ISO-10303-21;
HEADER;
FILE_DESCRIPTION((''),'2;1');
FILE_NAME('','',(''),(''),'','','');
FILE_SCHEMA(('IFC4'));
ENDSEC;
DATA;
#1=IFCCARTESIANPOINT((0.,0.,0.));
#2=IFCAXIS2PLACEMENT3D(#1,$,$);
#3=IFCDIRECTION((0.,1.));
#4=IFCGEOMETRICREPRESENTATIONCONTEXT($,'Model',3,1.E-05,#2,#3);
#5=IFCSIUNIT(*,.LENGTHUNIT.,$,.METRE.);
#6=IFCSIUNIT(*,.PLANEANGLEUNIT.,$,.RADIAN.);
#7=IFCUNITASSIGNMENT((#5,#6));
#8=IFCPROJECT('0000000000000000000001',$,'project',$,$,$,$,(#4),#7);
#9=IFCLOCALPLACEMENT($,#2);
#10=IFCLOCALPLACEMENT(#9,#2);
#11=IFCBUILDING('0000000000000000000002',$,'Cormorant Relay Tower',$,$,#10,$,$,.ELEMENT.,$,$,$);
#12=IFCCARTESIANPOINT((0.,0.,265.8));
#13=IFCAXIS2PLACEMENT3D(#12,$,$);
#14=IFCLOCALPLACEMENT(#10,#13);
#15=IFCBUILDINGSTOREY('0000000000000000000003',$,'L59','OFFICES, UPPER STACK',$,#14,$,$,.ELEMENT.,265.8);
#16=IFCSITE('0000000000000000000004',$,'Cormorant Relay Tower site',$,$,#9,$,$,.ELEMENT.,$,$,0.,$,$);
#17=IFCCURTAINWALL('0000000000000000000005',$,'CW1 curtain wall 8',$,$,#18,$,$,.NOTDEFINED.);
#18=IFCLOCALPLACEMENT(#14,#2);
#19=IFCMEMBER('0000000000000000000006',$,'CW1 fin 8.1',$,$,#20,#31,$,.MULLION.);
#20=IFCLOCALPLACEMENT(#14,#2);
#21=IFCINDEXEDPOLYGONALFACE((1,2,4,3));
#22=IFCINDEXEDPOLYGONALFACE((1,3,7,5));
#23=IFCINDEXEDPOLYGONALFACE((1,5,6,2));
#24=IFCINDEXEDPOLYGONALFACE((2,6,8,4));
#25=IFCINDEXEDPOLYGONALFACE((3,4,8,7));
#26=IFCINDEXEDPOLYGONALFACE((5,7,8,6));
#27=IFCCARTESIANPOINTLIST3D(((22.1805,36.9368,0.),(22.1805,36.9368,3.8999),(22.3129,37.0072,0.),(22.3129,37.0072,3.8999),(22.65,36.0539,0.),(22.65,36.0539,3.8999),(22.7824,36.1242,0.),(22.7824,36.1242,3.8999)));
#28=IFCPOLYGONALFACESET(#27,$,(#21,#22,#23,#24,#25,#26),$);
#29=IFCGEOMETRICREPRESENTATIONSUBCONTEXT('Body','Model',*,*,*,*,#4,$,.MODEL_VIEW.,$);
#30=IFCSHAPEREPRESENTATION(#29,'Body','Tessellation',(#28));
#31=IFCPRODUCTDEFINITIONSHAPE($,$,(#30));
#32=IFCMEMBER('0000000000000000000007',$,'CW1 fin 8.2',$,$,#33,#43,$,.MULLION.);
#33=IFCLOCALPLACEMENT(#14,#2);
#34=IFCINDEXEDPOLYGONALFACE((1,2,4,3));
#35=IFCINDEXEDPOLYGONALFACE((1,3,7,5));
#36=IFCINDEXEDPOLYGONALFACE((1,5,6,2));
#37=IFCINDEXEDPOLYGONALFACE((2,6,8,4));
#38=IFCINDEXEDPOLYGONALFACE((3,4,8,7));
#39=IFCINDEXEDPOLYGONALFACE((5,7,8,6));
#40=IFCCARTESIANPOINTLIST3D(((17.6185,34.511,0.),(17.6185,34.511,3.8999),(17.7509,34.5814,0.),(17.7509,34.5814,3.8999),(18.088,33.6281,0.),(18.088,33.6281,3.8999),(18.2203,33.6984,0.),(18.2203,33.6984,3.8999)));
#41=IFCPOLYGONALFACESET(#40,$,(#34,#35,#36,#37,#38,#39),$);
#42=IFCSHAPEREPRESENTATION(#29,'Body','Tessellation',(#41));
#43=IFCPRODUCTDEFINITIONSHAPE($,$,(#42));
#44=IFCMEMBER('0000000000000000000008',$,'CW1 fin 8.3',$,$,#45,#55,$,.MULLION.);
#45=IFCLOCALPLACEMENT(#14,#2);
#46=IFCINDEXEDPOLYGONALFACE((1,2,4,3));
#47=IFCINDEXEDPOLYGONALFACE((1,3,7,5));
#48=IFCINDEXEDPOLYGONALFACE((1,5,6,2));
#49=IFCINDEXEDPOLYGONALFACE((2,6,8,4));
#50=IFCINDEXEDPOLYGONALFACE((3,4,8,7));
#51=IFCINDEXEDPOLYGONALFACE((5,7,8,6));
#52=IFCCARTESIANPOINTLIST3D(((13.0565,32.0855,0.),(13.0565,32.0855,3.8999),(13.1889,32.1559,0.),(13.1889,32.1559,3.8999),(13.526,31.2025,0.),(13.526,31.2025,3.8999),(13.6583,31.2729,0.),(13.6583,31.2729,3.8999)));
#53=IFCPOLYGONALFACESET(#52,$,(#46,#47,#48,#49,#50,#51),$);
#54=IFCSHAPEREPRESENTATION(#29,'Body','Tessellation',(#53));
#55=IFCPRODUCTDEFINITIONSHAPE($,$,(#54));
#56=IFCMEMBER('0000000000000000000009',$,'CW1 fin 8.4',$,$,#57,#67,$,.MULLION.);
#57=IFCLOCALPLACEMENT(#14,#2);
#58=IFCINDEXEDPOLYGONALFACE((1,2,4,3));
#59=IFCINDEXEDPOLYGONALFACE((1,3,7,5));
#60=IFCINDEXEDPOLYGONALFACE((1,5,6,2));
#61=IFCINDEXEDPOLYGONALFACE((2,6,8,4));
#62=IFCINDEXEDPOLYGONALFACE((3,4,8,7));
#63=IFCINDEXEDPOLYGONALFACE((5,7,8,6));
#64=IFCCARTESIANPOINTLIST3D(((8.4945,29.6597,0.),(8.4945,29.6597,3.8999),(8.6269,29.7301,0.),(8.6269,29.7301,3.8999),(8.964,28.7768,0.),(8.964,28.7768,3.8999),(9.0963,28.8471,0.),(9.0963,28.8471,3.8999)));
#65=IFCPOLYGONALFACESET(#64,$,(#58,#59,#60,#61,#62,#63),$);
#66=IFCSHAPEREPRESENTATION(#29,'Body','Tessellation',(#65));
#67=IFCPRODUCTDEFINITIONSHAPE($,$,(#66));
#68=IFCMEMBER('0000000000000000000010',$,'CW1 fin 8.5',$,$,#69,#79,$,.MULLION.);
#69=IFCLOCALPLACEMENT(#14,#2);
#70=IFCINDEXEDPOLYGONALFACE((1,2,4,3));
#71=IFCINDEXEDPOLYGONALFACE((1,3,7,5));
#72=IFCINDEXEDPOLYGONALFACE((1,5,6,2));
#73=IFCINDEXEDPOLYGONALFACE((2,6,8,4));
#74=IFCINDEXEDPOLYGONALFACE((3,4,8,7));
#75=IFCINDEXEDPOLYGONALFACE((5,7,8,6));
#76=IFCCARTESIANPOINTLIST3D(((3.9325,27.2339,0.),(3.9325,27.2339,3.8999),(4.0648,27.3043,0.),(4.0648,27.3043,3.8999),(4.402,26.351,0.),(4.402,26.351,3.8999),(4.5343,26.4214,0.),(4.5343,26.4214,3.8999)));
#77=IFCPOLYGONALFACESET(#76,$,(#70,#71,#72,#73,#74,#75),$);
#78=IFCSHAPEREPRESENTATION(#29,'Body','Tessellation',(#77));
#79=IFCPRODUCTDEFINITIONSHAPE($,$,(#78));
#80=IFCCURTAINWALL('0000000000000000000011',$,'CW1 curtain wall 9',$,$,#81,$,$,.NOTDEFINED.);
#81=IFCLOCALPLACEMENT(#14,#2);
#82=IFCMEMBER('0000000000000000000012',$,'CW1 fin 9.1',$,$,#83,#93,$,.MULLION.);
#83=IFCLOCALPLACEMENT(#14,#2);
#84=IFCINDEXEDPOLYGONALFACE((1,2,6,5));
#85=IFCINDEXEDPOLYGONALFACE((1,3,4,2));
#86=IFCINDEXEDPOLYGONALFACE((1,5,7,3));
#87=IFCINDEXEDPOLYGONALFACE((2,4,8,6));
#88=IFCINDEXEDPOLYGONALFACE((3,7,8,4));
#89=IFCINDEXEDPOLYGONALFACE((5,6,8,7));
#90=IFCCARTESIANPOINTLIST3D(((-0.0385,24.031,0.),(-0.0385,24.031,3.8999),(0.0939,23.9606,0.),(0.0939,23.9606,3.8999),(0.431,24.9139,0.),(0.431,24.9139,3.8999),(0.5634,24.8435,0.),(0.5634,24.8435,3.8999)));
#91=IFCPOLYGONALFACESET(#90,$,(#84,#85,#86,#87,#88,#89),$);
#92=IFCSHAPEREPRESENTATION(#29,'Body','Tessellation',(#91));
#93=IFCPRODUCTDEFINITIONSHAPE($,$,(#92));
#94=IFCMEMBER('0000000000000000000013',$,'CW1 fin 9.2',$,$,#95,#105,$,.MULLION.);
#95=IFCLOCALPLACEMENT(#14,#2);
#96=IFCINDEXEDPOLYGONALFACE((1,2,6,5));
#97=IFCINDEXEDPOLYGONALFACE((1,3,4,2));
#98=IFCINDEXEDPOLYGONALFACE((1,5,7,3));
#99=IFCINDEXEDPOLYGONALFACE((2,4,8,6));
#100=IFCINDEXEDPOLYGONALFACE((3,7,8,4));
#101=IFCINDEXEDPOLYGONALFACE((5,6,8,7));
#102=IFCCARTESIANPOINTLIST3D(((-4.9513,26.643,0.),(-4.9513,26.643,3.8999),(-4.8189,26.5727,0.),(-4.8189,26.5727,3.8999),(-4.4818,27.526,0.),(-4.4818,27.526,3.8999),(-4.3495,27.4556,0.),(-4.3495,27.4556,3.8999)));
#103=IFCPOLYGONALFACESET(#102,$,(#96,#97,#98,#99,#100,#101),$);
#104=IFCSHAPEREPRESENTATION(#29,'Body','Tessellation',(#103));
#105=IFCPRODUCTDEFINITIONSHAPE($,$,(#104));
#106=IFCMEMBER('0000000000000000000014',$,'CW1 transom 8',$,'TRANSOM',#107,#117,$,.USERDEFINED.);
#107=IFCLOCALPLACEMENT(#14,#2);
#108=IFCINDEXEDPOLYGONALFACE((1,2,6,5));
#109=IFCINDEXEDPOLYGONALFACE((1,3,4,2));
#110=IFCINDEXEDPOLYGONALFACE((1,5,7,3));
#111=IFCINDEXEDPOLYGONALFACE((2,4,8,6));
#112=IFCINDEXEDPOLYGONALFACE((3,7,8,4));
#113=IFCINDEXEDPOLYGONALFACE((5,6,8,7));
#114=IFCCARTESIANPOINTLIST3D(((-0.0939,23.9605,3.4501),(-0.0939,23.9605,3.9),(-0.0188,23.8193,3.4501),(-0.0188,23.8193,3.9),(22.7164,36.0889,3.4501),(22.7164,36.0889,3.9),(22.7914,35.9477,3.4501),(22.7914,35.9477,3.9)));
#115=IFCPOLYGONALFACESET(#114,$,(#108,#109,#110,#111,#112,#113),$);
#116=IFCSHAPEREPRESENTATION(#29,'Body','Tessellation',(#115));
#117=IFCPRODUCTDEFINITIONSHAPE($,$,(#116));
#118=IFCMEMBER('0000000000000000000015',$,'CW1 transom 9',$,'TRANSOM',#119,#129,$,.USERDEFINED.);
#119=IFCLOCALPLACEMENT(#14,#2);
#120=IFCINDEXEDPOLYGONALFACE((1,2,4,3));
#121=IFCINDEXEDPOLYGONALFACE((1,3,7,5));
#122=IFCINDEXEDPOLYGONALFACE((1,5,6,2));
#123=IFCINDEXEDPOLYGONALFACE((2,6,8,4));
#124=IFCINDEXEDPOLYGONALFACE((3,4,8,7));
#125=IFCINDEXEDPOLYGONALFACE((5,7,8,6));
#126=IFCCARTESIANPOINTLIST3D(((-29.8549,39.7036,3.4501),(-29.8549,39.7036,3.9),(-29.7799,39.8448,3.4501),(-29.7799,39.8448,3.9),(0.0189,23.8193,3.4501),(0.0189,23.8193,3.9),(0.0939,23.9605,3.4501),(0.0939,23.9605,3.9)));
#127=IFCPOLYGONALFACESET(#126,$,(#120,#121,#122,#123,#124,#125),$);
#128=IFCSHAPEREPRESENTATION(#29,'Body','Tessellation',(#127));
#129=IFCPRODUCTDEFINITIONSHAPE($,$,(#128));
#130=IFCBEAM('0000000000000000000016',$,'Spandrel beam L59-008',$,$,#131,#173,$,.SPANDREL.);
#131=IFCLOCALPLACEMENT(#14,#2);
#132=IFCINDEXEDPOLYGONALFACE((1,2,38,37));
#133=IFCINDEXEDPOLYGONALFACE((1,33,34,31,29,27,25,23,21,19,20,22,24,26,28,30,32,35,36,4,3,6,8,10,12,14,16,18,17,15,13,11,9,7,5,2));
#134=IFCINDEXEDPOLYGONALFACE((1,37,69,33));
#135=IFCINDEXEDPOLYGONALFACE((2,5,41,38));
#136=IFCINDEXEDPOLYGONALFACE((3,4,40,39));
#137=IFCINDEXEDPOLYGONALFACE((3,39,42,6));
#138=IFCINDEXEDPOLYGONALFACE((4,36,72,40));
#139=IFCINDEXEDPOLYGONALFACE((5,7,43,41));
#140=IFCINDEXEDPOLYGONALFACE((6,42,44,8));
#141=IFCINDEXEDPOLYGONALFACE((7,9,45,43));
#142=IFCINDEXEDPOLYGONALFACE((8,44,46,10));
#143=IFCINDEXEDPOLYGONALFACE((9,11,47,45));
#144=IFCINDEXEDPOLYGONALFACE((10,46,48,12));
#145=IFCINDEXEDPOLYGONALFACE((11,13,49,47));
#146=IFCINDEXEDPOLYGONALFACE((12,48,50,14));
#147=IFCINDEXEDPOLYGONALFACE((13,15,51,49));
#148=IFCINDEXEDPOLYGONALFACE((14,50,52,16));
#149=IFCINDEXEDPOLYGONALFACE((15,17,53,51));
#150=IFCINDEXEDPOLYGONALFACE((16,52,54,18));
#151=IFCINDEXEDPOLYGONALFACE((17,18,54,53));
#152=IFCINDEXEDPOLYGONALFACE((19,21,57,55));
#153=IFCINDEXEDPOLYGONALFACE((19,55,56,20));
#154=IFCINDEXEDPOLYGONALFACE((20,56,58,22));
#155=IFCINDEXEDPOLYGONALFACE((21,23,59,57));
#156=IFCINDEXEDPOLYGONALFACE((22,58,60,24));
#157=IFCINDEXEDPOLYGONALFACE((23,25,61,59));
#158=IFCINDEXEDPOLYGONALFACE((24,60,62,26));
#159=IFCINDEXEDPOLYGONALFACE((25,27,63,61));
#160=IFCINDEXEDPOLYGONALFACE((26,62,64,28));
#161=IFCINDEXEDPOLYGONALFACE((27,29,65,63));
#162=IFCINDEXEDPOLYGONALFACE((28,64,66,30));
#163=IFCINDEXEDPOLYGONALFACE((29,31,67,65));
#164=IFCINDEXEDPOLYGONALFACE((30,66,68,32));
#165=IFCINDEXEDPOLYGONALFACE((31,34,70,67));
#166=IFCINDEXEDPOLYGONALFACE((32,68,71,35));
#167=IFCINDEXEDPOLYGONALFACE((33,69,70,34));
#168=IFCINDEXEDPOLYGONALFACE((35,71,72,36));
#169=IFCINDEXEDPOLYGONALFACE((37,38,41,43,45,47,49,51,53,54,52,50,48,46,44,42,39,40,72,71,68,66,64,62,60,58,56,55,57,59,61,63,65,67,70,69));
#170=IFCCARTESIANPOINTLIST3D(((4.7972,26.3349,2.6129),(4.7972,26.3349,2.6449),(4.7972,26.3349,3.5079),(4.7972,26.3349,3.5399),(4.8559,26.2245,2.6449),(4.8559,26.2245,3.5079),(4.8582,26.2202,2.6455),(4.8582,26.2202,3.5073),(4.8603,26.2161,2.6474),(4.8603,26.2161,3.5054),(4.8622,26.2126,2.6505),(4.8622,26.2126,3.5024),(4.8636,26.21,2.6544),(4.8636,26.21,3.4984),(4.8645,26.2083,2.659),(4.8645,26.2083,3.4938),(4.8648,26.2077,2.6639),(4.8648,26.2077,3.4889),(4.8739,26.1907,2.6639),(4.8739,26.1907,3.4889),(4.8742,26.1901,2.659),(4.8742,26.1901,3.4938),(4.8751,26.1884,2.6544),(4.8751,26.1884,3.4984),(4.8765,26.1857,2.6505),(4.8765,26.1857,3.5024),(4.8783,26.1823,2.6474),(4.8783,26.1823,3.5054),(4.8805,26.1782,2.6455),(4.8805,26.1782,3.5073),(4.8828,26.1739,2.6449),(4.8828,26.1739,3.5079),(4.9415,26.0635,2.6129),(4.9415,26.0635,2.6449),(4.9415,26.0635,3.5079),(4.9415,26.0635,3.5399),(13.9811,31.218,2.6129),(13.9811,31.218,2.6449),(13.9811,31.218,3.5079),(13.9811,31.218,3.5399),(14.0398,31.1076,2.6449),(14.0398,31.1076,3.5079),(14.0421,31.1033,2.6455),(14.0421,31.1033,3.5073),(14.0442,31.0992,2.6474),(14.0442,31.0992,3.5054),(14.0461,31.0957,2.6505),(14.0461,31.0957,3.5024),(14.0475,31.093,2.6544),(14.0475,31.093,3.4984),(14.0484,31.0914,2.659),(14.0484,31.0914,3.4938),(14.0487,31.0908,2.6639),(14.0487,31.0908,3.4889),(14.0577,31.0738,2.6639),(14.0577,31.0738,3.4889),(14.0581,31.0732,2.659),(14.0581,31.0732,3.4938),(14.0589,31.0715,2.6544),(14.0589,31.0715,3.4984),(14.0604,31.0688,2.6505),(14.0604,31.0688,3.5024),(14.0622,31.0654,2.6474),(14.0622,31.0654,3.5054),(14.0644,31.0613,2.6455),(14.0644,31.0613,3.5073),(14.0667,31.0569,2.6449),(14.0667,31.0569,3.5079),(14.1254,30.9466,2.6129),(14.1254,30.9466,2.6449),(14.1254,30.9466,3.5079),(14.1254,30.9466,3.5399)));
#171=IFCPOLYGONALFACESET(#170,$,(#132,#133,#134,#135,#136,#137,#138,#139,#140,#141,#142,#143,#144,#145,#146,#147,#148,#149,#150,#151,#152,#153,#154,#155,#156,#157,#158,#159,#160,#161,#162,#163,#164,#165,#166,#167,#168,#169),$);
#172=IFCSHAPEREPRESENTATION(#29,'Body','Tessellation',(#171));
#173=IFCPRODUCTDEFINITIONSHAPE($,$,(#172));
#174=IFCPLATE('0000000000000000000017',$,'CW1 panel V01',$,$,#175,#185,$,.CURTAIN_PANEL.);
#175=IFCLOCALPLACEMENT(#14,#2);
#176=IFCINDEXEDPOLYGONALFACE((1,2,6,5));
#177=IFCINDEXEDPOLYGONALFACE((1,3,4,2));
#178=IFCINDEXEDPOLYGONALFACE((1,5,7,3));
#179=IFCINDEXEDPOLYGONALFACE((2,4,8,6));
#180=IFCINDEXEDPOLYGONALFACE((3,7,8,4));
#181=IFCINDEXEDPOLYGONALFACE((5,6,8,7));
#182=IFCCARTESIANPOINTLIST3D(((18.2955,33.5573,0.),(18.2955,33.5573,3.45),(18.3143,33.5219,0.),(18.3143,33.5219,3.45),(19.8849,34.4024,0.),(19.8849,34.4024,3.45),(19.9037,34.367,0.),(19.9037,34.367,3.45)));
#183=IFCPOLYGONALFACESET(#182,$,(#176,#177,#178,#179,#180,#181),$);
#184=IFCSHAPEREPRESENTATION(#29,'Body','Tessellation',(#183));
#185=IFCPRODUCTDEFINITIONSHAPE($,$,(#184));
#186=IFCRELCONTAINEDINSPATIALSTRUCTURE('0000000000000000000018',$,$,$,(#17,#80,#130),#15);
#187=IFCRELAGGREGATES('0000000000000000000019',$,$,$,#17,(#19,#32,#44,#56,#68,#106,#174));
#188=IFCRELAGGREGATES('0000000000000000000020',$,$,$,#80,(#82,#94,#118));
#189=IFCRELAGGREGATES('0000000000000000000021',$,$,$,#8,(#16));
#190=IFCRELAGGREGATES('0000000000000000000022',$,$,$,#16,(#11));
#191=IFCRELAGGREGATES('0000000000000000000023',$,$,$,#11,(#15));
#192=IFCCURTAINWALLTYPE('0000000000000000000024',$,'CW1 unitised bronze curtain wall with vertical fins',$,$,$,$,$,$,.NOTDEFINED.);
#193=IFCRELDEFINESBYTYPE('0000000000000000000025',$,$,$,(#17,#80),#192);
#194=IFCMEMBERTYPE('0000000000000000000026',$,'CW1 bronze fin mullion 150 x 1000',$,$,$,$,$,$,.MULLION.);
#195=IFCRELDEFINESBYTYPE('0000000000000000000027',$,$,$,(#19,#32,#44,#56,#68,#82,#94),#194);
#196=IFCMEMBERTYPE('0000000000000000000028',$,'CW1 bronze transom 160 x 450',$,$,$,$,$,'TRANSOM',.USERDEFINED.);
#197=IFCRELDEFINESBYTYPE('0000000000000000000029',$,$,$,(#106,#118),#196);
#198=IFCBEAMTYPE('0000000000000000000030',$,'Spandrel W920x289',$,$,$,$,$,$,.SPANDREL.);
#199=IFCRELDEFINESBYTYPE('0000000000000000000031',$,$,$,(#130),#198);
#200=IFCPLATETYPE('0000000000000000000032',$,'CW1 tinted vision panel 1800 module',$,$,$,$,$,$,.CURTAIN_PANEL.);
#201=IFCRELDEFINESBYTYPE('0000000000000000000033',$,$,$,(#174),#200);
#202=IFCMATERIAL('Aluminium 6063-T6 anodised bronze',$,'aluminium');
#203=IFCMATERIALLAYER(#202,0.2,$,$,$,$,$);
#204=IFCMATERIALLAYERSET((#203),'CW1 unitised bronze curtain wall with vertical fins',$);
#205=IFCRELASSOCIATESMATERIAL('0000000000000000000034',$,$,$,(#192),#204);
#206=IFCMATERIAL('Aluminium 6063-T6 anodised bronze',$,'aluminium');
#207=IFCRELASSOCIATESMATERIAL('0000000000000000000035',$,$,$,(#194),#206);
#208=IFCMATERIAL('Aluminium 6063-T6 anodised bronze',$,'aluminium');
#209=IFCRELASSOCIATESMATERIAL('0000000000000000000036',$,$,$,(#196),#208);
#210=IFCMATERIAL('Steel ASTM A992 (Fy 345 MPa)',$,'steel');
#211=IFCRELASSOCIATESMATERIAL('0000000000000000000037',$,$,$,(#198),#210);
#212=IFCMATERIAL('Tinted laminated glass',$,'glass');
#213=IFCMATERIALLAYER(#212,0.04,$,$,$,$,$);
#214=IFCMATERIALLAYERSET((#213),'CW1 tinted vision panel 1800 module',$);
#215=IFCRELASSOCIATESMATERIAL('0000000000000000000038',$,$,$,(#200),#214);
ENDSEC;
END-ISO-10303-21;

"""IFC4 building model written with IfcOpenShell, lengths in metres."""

from ifc_helpers import new_model, si_unit, direction, frame, origin, origin_2d, place, context, subcontext, project, spatial, rectangle, i_section, extrude, material, layer, layer_set, material_profile, profile_set, type_object, element, aggregate, save


model = new_model("IFC4")

# Units and contexts
model_context = context("Model", 3, precision=1e-05, world=origin(), true_north=direction((0.0, 1.0)))
body_context = subcontext(model_context, "Body", "Model", "MODEL_VIEW")
ifc_project = project(units=[si_unit("LENGTHUNIT", "METRE"), si_unit("PLANEANGLEUNIT", "RADIAN")], contexts=[model_context])

# Site, building, storey
site_placement = place(None, origin())
site = spatial("IfcSite", under=ifc_project, at=site_placement, Name="Cormorant Relay Tower site", CompositionType="ELEMENT", RefElevation=0.0)
building_placement = place(site_placement, origin())
building = spatial("IfcBuilding", under=site, at=building_placement, Name="Cormorant Relay Tower", CompositionType="ELEMENT")
storey_placement = place(building_placement, frame((0.0, 0.0, 265.8)))
storey = spatial("IfcBuildingStorey", under=building, at=storey_placement, Name="L59", Description="OFFICES, UPPER STACK", CompositionType="ELEMENT", Elevation=265.8)

# Curtain walls, members
ifc_material_1 = material(Name="Aluminium 6063-T6 anodised bronze", Category="aluminium")
ifc_layer_1 = layer(ifc_material_1, 0.2)
ifc_layer_set_1 = layer_set([ifc_layer_1], Name="CW1 unitised bronze curtain wall with vertical fins")
curtain_wall_type = type_object("IfcCurtainWallType", Name="CW1 unitised bronze curtain wall with vertical fins", PredefinedType="NOTDEFINED", material=ifc_layer_set_1)
curtain_wall_1_placement = place(storey_placement, origin())
curtain_wall_1 = element("IfcCurtainWall", 1, at=curtain_wall_1_placement, inside=storey, type_object=curtain_wall_type, Name="CW1 curtain wall 8", PredefinedType="NOTDEFINED")
ifc_material_2 = material(Name="Aluminium 6063-T6 anodised bronze", Category="aluminium")
ifc_material_profile_1 = material_profile(ifc_material_2, rectangle(XDim=0.1499, YDim=1.0, at=origin_2d()), Name="AL 150x1000")
ifc_profile_set_1 = profile_set([ifc_material_profile_1], Name="Aluminium 6063-T6 anodised bronze")
member_type_1 = type_object("IfcMemberType", Name="CW1 bronze fin mullion 150 x 1000", PredefinedType="MULLION", material=ifc_profile_set_1)
member_1_placement = place(storey_placement, frame((22.4814, 36.5305, 0.0), z_axis=(0.0, 0.0, 1.0), x_axis=(-0.882948, -0.469472, 0.0)))
member_1 = element("IfcMember", 2, at=member_1_placement, type_object=member_type_1, Name="CW1 fin 8.1", PredefinedType="MULLION", context=body_context, shape_type="SweptSolid", body=[
    extrude(rectangle(XDim=0.1499, YDim=1.0, at=origin_2d()), origin(), (0.0, 0.0, 1.0), 3.8999),
])
member_2_placement = place(storey_placement, frame((17.9194, 34.1047, 0.0), z_axis=(0.0, 0.0, 1.0), x_axis=(-0.882948, -0.469472, 0.0)))
member_2 = element("IfcMember", 3, at=member_2_placement, type_object=member_type_1, Name="CW1 fin 8.2", PredefinedType="MULLION", context=body_context, shape_type="SweptSolid", body=[
    extrude(rectangle(XDim=0.1499, YDim=1.0, at=origin_2d()), origin(), (0.0, 0.0, 1.0), 3.8999),
])
member_3_placement = place(storey_placement, frame((13.3574, 31.6792, 0.0), z_axis=(0.0, 0.0, 1.0), x_axis=(-0.882948, -0.469472, 0.0)))
member_3 = element("IfcMember", 4, at=member_3_placement, type_object=member_type_1, Name="CW1 fin 8.3", PredefinedType="MULLION", context=body_context, shape_type="SweptSolid", body=[
    extrude(rectangle(XDim=0.1499, YDim=1.0, at=origin_2d()), origin(), (0.0, 0.0, 1.0), 3.8999),
])
member_4_placement = place(storey_placement, frame((8.7954, 29.2534, 0.0), z_axis=(0.0, 0.0, 1.0), x_axis=(-0.882948, -0.469472, 0.0)))
member_4 = element("IfcMember", 5, at=member_4_placement, type_object=member_type_1, Name="CW1 fin 8.4", PredefinedType="MULLION", context=body_context, shape_type="SweptSolid", body=[
    extrude(rectangle(XDim=0.1499, YDim=1.0, at=origin_2d()), origin(), (0.0, 0.0, 1.0), 3.8999),
])
member_5_placement = place(storey_placement, frame((4.2334, 26.8276, 0.0), z_axis=(0.0, 0.0, 1.0), x_axis=(-0.882948, -0.469472, 0.0)))
member_5 = element("IfcMember", 6, at=member_5_placement, type_object=member_type_1, Name="CW1 fin 8.5", PredefinedType="MULLION", context=body_context, shape_type="SweptSolid", body=[
    extrude(rectangle(XDim=0.1499, YDim=1.0, at=origin_2d()), origin(), (0.0, 0.0, 1.0), 3.8999),
])
curtain_wall_2_placement = place(storey_placement, origin())
curtain_wall_2 = element("IfcCurtainWall", 7, at=curtain_wall_2_placement, inside=storey, type_object=curtain_wall_type, Name="CW1 curtain wall 9", PredefinedType="NOTDEFINED")
member_6_placement = place(storey_placement, frame((0.2625, 24.4373, 0.0), z_axis=(0.0, 0.0, 1.0), x_axis=(-0.882948, 0.469472, 0.0)))
member_6 = element("IfcMember", 8, at=member_6_placement, type_object=member_type_1, Name="CW1 fin 9.1", PredefinedType="MULLION", context=body_context, shape_type="SweptSolid", body=[
    extrude(rectangle(XDim=0.1499, YDim=1.0, at=origin_2d()), origin(), (0.0, 0.0, 1.0), 3.8999),
])
member_7_placement = place(storey_placement, frame((-4.6504, 27.0493, 0.0), z_axis=(0.0, 0.0, 1.0), x_axis=(-0.882948, 0.469472, 0.0)))
member_7 = element("IfcMember", 9, at=member_7_placement, type_object=member_type_1, Name="CW1 fin 9.2", PredefinedType="MULLION", context=body_context, shape_type="SweptSolid", body=[
    extrude(rectangle(XDim=0.1499, YDim=1.0, at=origin_2d()), origin(), (0.0, 0.0, 1.0), 3.8999),
])

# Members
ifc_material_3 = material(Name="Aluminium 6063-T6 anodised bronze", Category="aluminium")
ifc_material_profile_2 = material_profile(ifc_material_3, rectangle(XDim=0.1599, YDim=0.45, at=origin_2d()), Name="AL 160x450")
ifc_profile_set_2 = profile_set([ifc_material_profile_2], Name="Aluminium 6063-T6 anodised bronze")
member_type_2 = type_object("IfcMemberType", Name="CW1 bronze transom 160 x 450", ElementType="TRANSOM", PredefinedType="USERDEFINED", material=ifc_profile_set_2)
member_8_placement = place(storey_placement, frame((22.7539, 36.0183, 3.675), z_axis=(-0.882948, -0.469471, 0.0), x_axis=(0.469471, -0.882948, 0.0)))
member_8 = element("IfcMember", 10, at=member_8_placement, type_object=member_type_2, Name="CW1 transom 8", ObjectType="TRANSOM", PredefinedType="USERDEFINED", context=body_context, shape_type="SweptSolid", body=[
    extrude(rectangle(XDim=0.1599, YDim=0.45, at=origin_2d()), origin(), (0.0, 0.0, 1.0), 25.8342),
])
member_9_placement = place(storey_placement, frame((0.0564, 23.8899, 3.675), z_axis=(-0.882946, 0.469474, 0.0), x_axis=(-0.469474, -0.882946, 0.0)))
member_9 = element("IfcMember", 11, at=member_9_placement, type_object=member_type_2, Name="CW1 transom 9", ObjectType="TRANSOM", PredefinedType="USERDEFINED", context=body_context, shape_type="SweptSolid", body=[
    extrude(rectangle(XDim=0.1599, YDim=0.45, at=origin_2d()), origin(), (0.0, 0.0, 1.0), 33.8342),
])

# Beam
ifc_material_4 = material(Name="Steel ASTM A992 (Fy 345 MPa)", Category="steel")
ifc_material_profile_3 = material_profile(ifc_material_4, i_section(OverallWidth=0.3074, OverallDepth=0.927, WebThickness=0.0193, FlangeThickness=0.032, FilletRadius=0.019, at=origin_2d()), Name="W920x289")
ifc_profile_set_3 = profile_set([ifc_material_profile_3], Name="Steel ASTM A992 (Fy 345 MPa)")
beam_type = type_object("IfcBeamType", Name="Spandrel W920x289", PredefinedType="SPANDREL", material=ifc_profile_set_3)
beam_placement = place(storey_placement, frame((14.0532, 31.0823, 3.0764), z_axis=(-0.882951, -0.469466, 0.0), x_axis=(0.469466, -0.882951, 0.0)))
element("IfcBeam", 12, at=beam_placement, inside=storey, type_object=beam_type, Name="Spandrel beam L59-008", PredefinedType="SPANDREL", context=body_context, shape_type="SweptSolid", body=[
    extrude(i_section(OverallWidth=0.3074, OverallDepth=0.927, WebThickness=0.0193, FlangeThickness=0.032, FilletRadius=0.019, at=origin_2d()), origin(), (0.0, 0.0, 1.0), 10.4014),
])

# Plate
ifc_material_5 = material(Name="Tinted laminated glass", Category="glass")
ifc_layer_2 = layer(ifc_material_5, 0.04)
ifc_layer_set_2 = layer_set([ifc_layer_2], Name="CW1 tinted vision panel 1800 module")
plate_type_1 = type_object("IfcPlateType", Name="CW1 tinted vision panel 1800 module", PredefinedType="CURTAIN_PANEL", material=ifc_layer_set_2)
plate_1_placement = place(storey_placement, frame((19.0996, 33.9622, 0.0), z_axis=(0.0, 0.0, 1.0), x_axis=(-0.882948, -0.469472, 0.0)))
plate_1 = element("IfcPlate", 13, at=plate_1_placement, type_object=plate_type_1, Name="CW1 panel V01", PredefinedType="CURTAIN_PANEL", context=body_context, shape_type="SweptSolid", body=[
    extrude(rectangle(XDim=1.8, YDim=0.04, at=origin_2d()), origin(), (0.0, 0.0, 1.0), 3.45),
])

aggregate(curtain_wall_1, [member_1, member_2, member_3, member_4, member_5, member_8, plate_1])
aggregate(curtain_wall_2, [member_6, member_7, member_9])

save(model, "model.ifc")
